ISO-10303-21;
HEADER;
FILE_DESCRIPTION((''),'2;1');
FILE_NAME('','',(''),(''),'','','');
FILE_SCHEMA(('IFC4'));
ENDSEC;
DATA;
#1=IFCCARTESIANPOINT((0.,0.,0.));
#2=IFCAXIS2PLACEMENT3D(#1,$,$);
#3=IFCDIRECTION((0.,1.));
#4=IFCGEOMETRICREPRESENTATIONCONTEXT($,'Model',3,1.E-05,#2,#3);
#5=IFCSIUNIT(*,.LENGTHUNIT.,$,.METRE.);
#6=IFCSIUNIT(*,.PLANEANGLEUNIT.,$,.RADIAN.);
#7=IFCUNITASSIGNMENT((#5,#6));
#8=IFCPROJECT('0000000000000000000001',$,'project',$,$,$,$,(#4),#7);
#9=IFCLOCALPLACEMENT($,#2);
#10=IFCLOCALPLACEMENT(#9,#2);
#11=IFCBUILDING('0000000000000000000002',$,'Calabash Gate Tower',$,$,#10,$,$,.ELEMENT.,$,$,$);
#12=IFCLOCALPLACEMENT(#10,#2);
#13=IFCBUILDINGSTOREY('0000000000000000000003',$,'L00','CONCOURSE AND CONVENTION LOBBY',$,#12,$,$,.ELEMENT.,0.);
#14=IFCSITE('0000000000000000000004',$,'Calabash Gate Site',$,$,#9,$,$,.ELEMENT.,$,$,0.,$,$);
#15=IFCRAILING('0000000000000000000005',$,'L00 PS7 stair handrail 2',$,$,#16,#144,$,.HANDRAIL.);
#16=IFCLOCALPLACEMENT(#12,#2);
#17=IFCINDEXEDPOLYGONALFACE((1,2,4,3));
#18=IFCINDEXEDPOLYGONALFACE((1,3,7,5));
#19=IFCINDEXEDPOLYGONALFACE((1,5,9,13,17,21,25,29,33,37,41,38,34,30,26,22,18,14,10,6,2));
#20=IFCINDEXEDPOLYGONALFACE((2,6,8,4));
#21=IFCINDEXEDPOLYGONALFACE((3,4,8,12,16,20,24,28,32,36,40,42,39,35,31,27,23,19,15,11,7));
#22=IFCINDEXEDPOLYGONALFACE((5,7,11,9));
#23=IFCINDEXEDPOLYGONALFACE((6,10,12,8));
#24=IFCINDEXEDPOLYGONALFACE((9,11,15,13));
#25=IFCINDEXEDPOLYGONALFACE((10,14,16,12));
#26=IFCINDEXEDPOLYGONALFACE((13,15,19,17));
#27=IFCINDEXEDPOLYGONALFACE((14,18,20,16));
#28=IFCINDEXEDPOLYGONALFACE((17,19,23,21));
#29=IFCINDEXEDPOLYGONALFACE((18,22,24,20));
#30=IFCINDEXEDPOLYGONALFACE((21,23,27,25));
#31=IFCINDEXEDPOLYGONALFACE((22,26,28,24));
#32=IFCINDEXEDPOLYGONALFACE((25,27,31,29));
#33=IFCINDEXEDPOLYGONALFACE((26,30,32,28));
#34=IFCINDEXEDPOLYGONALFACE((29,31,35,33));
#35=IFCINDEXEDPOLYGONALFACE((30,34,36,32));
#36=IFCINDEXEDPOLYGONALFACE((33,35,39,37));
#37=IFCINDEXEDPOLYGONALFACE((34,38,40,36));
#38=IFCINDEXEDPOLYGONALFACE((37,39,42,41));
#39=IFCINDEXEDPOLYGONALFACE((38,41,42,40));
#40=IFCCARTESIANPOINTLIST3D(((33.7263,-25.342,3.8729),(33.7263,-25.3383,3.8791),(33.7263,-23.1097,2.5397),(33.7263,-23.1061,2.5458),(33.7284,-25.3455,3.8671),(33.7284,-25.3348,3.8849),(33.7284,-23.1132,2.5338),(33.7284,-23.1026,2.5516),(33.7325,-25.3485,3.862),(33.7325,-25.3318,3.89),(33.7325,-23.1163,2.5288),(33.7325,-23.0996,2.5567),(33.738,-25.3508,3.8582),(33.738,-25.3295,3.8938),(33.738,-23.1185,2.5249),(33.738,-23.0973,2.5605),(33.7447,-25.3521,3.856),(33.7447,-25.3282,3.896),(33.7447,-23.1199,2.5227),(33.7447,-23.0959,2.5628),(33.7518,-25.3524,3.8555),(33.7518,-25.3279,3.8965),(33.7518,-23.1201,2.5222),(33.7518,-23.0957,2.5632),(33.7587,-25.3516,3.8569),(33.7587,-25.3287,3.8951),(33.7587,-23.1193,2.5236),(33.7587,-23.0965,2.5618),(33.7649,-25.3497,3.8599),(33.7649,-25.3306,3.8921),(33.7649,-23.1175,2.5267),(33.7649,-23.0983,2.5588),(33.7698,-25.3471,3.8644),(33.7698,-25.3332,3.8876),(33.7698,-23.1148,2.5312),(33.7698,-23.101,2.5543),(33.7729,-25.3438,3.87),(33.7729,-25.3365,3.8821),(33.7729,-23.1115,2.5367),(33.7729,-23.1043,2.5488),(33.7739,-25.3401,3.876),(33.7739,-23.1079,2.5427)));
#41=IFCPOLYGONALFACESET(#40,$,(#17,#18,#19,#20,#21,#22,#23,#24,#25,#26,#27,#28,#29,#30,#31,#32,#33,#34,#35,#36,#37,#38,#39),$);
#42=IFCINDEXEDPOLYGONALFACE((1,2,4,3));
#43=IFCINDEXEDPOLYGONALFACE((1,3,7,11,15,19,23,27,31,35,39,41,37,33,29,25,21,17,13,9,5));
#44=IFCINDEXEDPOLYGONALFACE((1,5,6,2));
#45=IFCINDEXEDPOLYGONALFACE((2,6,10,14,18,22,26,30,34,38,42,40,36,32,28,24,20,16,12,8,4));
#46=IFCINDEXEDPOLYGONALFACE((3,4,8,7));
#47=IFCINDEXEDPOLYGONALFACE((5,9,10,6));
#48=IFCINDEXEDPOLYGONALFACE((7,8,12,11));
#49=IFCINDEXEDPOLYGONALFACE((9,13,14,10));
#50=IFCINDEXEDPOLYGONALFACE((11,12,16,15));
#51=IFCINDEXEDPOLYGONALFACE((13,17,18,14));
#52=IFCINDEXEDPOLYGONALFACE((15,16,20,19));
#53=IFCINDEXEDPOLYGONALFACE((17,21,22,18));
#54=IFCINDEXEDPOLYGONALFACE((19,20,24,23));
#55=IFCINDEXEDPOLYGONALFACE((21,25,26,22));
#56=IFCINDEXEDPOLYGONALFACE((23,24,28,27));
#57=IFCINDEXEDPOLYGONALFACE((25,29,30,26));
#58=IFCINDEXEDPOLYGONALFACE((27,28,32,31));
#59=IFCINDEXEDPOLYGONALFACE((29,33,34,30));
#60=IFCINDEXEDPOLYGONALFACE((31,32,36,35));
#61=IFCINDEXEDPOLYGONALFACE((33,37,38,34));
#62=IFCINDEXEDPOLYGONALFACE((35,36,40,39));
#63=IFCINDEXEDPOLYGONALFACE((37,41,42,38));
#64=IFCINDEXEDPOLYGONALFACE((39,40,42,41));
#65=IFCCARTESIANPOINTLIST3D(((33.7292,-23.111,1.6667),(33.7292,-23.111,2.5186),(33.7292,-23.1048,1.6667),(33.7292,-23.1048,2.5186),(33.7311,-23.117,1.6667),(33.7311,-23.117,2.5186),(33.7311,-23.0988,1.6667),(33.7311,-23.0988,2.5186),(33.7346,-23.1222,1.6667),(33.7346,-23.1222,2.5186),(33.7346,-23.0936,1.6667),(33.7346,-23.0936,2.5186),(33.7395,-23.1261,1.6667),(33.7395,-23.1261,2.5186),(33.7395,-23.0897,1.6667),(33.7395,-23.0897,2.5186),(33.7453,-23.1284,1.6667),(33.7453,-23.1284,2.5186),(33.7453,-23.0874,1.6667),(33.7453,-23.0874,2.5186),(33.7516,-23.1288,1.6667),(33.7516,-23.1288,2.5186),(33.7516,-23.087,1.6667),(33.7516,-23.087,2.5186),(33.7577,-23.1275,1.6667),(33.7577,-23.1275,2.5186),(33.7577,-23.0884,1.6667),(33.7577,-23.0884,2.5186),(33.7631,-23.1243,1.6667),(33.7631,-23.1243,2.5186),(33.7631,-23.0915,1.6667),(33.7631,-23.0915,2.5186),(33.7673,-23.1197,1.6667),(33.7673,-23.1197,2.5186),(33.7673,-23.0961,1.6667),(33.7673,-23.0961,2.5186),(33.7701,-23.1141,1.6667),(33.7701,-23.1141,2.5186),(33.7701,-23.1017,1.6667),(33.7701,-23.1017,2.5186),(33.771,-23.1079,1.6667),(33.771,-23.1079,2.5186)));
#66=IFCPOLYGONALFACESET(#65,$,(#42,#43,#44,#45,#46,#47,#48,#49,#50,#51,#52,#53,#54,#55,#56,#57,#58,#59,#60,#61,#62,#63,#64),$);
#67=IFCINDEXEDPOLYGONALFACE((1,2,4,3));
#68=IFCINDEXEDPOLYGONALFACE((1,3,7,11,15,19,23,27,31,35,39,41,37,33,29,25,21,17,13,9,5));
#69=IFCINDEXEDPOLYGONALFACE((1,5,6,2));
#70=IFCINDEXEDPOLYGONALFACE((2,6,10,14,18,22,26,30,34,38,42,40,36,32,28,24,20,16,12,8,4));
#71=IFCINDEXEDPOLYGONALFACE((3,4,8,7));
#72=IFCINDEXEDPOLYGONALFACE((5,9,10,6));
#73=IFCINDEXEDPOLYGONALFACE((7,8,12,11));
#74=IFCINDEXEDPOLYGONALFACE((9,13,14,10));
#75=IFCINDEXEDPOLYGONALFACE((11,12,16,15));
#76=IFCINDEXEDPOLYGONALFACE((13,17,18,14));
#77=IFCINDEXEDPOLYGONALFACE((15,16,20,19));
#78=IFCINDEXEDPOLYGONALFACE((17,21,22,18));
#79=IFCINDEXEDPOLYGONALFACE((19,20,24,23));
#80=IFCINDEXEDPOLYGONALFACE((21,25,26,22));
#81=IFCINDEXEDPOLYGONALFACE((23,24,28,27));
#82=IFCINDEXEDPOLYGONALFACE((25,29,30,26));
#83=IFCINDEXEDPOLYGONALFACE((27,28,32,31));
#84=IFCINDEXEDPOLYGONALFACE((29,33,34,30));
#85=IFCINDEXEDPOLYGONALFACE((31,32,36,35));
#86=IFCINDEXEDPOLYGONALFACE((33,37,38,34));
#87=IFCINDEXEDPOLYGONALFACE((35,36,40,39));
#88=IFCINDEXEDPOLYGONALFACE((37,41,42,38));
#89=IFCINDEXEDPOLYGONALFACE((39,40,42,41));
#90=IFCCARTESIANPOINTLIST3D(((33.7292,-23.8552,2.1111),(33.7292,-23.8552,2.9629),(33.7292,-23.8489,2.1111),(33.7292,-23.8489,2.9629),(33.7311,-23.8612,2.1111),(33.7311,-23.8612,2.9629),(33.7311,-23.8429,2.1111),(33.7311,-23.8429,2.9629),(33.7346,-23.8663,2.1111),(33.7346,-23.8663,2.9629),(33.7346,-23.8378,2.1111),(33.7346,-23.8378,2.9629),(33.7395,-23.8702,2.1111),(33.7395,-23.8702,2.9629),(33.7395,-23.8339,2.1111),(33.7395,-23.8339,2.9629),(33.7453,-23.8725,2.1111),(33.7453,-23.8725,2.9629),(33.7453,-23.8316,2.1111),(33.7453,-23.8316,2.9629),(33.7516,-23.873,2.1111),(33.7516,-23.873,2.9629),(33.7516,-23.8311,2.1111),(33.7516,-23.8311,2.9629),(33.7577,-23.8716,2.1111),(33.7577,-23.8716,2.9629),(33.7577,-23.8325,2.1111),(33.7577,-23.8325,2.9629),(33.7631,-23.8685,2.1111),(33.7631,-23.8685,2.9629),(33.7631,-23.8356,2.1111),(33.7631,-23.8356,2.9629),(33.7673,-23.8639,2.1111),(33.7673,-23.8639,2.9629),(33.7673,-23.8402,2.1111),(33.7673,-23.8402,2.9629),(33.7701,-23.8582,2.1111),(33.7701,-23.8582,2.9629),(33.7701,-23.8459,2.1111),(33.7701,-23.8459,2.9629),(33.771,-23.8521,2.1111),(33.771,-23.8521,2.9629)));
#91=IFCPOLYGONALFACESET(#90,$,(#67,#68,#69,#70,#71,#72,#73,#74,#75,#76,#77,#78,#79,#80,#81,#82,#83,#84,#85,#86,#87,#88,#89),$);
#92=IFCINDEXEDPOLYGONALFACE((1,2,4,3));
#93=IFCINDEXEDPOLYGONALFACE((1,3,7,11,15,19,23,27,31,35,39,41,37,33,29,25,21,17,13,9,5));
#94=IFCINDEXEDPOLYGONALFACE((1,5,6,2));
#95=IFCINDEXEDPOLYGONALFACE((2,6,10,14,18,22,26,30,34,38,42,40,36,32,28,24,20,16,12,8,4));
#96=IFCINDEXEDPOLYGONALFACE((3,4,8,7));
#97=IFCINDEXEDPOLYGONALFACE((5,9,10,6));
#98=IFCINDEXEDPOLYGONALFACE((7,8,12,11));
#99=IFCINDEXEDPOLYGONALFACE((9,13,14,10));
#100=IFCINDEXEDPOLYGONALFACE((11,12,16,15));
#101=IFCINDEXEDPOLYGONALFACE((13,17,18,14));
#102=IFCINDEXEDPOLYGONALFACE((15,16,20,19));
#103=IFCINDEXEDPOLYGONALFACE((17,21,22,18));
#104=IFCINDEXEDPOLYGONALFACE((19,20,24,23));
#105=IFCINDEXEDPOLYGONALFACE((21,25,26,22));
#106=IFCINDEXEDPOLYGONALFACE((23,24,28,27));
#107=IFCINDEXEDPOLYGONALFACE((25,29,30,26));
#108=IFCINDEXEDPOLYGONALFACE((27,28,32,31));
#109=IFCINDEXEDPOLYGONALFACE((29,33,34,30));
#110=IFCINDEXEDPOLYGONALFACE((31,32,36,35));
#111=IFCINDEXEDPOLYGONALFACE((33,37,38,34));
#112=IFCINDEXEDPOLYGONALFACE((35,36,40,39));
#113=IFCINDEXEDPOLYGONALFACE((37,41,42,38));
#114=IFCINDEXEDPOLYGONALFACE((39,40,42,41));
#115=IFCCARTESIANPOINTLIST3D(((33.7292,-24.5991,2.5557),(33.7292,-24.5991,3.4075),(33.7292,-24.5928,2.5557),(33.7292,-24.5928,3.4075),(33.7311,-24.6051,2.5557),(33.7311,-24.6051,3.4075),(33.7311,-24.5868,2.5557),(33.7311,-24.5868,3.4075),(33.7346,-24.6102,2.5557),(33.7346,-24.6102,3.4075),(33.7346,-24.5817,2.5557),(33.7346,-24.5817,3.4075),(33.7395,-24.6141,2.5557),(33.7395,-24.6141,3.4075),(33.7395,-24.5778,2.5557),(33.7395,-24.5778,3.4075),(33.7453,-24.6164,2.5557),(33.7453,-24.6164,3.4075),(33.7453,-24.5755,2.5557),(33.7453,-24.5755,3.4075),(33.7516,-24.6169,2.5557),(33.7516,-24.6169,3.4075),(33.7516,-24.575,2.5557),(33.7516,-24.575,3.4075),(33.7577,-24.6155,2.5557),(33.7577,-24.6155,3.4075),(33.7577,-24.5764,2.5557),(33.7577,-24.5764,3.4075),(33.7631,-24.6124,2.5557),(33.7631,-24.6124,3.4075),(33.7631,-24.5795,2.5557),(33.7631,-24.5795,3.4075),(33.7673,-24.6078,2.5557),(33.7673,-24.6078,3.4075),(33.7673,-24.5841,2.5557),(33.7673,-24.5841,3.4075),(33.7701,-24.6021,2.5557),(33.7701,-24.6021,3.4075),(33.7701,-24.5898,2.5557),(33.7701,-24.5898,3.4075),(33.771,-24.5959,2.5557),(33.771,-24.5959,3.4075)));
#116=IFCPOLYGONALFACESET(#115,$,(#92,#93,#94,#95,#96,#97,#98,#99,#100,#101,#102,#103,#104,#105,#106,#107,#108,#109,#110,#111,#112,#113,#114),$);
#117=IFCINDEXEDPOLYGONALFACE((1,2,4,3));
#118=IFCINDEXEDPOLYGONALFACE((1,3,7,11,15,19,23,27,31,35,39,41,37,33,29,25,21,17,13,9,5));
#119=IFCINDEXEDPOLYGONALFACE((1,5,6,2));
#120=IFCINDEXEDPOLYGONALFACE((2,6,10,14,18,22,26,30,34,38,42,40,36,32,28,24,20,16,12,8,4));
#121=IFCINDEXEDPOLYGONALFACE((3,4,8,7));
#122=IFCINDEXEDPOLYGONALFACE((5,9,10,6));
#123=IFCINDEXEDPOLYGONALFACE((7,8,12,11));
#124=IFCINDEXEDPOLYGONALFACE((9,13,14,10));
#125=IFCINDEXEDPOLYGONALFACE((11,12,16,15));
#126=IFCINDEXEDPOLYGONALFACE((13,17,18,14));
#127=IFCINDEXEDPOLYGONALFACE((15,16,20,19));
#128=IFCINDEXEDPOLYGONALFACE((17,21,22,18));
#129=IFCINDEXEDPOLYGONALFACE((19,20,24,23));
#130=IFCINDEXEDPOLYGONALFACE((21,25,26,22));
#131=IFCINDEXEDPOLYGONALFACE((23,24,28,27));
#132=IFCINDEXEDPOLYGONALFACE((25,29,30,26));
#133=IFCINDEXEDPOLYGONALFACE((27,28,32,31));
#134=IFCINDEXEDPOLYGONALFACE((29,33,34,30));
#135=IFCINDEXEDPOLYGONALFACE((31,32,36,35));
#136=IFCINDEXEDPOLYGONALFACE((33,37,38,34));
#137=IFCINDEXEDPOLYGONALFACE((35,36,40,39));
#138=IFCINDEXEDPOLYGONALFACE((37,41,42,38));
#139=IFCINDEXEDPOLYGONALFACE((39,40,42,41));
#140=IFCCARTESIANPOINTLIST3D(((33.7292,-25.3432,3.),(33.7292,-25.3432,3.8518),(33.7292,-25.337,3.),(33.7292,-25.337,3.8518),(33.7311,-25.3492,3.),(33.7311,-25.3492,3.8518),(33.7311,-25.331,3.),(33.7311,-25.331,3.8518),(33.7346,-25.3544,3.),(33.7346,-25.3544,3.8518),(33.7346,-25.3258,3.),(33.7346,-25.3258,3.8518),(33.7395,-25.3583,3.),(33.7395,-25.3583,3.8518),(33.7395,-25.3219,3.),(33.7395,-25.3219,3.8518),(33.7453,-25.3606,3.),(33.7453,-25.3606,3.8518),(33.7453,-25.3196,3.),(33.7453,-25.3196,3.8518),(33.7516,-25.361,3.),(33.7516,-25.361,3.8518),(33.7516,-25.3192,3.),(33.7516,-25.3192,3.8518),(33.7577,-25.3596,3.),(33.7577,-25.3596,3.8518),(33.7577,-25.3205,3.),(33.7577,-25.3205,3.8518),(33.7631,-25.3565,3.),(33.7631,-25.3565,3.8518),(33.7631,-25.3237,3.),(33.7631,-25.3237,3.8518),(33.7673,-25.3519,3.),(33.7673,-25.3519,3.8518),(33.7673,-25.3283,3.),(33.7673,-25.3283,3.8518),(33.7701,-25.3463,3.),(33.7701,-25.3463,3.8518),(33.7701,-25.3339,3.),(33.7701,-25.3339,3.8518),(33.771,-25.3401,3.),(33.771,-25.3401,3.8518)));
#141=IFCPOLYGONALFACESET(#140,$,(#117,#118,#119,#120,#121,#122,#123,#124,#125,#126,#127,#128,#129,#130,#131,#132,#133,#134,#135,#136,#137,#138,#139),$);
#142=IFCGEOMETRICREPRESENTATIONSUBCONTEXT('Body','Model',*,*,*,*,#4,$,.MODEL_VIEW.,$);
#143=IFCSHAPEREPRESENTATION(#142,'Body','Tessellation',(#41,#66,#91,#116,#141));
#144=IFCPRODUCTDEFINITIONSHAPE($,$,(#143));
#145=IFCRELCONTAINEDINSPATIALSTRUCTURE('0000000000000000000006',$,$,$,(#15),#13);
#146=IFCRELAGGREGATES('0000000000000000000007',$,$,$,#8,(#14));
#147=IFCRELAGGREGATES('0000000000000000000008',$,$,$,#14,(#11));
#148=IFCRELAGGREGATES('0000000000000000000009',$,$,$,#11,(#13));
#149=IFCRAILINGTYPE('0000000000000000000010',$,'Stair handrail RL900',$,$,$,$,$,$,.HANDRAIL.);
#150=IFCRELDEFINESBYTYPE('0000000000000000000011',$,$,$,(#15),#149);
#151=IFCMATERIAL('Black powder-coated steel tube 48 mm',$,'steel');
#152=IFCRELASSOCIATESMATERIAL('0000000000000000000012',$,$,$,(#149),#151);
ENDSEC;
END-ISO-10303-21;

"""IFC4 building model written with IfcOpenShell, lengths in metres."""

from ifc_helpers import new_model, si_unit, direction, frame, origin, origin_2d, place, context, subcontext, project, spatial, circle, extrude, material, type_object, element, save


model = new_model("IFC4")

# Units and contexts
model_context = context("Model", 3, precision=1e-05, world=origin(), true_north=direction((0.0, 1.0)))
body_context = subcontext(model_context, "Body", "Model", "MODEL_VIEW")
ifc_project = project(units=[si_unit("LENGTHUNIT", "METRE"), si_unit("PLANEANGLEUNIT", "RADIAN")], contexts=[model_context])

# Site, building, storey
site_placement = place(None, origin())
site = spatial("IfcSite", under=ifc_project, at=site_placement, Name="Calabash Gate Site", CompositionType="ELEMENT", RefElevation=0.0)
building_placement = place(site_placement, origin())
building = spatial("IfcBuilding", under=site, at=building_placement, Name="Calabash Gate Tower", CompositionType="ELEMENT")
storey_placement = place(building_placement, origin())
storey = spatial("IfcBuildingStorey", under=building, at=storey_placement, Name="L00", Description="CONCOURSE AND CONVENTION LOBBY", CompositionType="ELEMENT", Elevation=0.0)

# Railing
ifc_material_1 = material(Name="Black powder-coated steel tube 48 mm", Category="steel")
railing_type = type_object("IfcRailingType", Name="Stair handrail RL900", PredefinedType="HANDRAIL", material=ifc_material_1)
for number, where, name in (
    (1, (33.75, -23.1079, 1.6667), "L00 PS7 stair handrail 2"),
):
    element("IfcRailing", number, at=place(storey_placement, frame(where)), inside=storey, type_object=railing_type, Name=name, PredefinedType="HANDRAIL", context=body_context, shape_type="SweptSolid", body=[
        extrude(circle(Radius=0.0239, at=origin_2d()), frame((0.0, 0.0, 0.876), z_axis=(0.0, -0.858519, 0.512782), x_axis=(1.0, 0.0, 0.0)), (0.0, 0.0, 1.0), 2.6001),
        extrude(circle(Radius=0.021, at=origin_2d()), origin(), (0.0, 0.0, 1.0), 0.8518),
        extrude(circle(Radius=0.021, at=origin_2d()), frame((0.0, -0.7441, 0.4443)), (0.0, 0.0, 1.0), 0.8518),
        extrude(circle(Radius=0.021, at=origin_2d()), frame((0.0, -1.488, 0.8889)), (0.0, 0.0, 1.0), 0.8518),
        extrude(circle(Radius=0.021, at=origin_2d()), frame((0.0, -2.2322, 1.3333)), (0.0, 0.0, 1.0), 0.8518),
    ])

save(model, "model.ifc")
